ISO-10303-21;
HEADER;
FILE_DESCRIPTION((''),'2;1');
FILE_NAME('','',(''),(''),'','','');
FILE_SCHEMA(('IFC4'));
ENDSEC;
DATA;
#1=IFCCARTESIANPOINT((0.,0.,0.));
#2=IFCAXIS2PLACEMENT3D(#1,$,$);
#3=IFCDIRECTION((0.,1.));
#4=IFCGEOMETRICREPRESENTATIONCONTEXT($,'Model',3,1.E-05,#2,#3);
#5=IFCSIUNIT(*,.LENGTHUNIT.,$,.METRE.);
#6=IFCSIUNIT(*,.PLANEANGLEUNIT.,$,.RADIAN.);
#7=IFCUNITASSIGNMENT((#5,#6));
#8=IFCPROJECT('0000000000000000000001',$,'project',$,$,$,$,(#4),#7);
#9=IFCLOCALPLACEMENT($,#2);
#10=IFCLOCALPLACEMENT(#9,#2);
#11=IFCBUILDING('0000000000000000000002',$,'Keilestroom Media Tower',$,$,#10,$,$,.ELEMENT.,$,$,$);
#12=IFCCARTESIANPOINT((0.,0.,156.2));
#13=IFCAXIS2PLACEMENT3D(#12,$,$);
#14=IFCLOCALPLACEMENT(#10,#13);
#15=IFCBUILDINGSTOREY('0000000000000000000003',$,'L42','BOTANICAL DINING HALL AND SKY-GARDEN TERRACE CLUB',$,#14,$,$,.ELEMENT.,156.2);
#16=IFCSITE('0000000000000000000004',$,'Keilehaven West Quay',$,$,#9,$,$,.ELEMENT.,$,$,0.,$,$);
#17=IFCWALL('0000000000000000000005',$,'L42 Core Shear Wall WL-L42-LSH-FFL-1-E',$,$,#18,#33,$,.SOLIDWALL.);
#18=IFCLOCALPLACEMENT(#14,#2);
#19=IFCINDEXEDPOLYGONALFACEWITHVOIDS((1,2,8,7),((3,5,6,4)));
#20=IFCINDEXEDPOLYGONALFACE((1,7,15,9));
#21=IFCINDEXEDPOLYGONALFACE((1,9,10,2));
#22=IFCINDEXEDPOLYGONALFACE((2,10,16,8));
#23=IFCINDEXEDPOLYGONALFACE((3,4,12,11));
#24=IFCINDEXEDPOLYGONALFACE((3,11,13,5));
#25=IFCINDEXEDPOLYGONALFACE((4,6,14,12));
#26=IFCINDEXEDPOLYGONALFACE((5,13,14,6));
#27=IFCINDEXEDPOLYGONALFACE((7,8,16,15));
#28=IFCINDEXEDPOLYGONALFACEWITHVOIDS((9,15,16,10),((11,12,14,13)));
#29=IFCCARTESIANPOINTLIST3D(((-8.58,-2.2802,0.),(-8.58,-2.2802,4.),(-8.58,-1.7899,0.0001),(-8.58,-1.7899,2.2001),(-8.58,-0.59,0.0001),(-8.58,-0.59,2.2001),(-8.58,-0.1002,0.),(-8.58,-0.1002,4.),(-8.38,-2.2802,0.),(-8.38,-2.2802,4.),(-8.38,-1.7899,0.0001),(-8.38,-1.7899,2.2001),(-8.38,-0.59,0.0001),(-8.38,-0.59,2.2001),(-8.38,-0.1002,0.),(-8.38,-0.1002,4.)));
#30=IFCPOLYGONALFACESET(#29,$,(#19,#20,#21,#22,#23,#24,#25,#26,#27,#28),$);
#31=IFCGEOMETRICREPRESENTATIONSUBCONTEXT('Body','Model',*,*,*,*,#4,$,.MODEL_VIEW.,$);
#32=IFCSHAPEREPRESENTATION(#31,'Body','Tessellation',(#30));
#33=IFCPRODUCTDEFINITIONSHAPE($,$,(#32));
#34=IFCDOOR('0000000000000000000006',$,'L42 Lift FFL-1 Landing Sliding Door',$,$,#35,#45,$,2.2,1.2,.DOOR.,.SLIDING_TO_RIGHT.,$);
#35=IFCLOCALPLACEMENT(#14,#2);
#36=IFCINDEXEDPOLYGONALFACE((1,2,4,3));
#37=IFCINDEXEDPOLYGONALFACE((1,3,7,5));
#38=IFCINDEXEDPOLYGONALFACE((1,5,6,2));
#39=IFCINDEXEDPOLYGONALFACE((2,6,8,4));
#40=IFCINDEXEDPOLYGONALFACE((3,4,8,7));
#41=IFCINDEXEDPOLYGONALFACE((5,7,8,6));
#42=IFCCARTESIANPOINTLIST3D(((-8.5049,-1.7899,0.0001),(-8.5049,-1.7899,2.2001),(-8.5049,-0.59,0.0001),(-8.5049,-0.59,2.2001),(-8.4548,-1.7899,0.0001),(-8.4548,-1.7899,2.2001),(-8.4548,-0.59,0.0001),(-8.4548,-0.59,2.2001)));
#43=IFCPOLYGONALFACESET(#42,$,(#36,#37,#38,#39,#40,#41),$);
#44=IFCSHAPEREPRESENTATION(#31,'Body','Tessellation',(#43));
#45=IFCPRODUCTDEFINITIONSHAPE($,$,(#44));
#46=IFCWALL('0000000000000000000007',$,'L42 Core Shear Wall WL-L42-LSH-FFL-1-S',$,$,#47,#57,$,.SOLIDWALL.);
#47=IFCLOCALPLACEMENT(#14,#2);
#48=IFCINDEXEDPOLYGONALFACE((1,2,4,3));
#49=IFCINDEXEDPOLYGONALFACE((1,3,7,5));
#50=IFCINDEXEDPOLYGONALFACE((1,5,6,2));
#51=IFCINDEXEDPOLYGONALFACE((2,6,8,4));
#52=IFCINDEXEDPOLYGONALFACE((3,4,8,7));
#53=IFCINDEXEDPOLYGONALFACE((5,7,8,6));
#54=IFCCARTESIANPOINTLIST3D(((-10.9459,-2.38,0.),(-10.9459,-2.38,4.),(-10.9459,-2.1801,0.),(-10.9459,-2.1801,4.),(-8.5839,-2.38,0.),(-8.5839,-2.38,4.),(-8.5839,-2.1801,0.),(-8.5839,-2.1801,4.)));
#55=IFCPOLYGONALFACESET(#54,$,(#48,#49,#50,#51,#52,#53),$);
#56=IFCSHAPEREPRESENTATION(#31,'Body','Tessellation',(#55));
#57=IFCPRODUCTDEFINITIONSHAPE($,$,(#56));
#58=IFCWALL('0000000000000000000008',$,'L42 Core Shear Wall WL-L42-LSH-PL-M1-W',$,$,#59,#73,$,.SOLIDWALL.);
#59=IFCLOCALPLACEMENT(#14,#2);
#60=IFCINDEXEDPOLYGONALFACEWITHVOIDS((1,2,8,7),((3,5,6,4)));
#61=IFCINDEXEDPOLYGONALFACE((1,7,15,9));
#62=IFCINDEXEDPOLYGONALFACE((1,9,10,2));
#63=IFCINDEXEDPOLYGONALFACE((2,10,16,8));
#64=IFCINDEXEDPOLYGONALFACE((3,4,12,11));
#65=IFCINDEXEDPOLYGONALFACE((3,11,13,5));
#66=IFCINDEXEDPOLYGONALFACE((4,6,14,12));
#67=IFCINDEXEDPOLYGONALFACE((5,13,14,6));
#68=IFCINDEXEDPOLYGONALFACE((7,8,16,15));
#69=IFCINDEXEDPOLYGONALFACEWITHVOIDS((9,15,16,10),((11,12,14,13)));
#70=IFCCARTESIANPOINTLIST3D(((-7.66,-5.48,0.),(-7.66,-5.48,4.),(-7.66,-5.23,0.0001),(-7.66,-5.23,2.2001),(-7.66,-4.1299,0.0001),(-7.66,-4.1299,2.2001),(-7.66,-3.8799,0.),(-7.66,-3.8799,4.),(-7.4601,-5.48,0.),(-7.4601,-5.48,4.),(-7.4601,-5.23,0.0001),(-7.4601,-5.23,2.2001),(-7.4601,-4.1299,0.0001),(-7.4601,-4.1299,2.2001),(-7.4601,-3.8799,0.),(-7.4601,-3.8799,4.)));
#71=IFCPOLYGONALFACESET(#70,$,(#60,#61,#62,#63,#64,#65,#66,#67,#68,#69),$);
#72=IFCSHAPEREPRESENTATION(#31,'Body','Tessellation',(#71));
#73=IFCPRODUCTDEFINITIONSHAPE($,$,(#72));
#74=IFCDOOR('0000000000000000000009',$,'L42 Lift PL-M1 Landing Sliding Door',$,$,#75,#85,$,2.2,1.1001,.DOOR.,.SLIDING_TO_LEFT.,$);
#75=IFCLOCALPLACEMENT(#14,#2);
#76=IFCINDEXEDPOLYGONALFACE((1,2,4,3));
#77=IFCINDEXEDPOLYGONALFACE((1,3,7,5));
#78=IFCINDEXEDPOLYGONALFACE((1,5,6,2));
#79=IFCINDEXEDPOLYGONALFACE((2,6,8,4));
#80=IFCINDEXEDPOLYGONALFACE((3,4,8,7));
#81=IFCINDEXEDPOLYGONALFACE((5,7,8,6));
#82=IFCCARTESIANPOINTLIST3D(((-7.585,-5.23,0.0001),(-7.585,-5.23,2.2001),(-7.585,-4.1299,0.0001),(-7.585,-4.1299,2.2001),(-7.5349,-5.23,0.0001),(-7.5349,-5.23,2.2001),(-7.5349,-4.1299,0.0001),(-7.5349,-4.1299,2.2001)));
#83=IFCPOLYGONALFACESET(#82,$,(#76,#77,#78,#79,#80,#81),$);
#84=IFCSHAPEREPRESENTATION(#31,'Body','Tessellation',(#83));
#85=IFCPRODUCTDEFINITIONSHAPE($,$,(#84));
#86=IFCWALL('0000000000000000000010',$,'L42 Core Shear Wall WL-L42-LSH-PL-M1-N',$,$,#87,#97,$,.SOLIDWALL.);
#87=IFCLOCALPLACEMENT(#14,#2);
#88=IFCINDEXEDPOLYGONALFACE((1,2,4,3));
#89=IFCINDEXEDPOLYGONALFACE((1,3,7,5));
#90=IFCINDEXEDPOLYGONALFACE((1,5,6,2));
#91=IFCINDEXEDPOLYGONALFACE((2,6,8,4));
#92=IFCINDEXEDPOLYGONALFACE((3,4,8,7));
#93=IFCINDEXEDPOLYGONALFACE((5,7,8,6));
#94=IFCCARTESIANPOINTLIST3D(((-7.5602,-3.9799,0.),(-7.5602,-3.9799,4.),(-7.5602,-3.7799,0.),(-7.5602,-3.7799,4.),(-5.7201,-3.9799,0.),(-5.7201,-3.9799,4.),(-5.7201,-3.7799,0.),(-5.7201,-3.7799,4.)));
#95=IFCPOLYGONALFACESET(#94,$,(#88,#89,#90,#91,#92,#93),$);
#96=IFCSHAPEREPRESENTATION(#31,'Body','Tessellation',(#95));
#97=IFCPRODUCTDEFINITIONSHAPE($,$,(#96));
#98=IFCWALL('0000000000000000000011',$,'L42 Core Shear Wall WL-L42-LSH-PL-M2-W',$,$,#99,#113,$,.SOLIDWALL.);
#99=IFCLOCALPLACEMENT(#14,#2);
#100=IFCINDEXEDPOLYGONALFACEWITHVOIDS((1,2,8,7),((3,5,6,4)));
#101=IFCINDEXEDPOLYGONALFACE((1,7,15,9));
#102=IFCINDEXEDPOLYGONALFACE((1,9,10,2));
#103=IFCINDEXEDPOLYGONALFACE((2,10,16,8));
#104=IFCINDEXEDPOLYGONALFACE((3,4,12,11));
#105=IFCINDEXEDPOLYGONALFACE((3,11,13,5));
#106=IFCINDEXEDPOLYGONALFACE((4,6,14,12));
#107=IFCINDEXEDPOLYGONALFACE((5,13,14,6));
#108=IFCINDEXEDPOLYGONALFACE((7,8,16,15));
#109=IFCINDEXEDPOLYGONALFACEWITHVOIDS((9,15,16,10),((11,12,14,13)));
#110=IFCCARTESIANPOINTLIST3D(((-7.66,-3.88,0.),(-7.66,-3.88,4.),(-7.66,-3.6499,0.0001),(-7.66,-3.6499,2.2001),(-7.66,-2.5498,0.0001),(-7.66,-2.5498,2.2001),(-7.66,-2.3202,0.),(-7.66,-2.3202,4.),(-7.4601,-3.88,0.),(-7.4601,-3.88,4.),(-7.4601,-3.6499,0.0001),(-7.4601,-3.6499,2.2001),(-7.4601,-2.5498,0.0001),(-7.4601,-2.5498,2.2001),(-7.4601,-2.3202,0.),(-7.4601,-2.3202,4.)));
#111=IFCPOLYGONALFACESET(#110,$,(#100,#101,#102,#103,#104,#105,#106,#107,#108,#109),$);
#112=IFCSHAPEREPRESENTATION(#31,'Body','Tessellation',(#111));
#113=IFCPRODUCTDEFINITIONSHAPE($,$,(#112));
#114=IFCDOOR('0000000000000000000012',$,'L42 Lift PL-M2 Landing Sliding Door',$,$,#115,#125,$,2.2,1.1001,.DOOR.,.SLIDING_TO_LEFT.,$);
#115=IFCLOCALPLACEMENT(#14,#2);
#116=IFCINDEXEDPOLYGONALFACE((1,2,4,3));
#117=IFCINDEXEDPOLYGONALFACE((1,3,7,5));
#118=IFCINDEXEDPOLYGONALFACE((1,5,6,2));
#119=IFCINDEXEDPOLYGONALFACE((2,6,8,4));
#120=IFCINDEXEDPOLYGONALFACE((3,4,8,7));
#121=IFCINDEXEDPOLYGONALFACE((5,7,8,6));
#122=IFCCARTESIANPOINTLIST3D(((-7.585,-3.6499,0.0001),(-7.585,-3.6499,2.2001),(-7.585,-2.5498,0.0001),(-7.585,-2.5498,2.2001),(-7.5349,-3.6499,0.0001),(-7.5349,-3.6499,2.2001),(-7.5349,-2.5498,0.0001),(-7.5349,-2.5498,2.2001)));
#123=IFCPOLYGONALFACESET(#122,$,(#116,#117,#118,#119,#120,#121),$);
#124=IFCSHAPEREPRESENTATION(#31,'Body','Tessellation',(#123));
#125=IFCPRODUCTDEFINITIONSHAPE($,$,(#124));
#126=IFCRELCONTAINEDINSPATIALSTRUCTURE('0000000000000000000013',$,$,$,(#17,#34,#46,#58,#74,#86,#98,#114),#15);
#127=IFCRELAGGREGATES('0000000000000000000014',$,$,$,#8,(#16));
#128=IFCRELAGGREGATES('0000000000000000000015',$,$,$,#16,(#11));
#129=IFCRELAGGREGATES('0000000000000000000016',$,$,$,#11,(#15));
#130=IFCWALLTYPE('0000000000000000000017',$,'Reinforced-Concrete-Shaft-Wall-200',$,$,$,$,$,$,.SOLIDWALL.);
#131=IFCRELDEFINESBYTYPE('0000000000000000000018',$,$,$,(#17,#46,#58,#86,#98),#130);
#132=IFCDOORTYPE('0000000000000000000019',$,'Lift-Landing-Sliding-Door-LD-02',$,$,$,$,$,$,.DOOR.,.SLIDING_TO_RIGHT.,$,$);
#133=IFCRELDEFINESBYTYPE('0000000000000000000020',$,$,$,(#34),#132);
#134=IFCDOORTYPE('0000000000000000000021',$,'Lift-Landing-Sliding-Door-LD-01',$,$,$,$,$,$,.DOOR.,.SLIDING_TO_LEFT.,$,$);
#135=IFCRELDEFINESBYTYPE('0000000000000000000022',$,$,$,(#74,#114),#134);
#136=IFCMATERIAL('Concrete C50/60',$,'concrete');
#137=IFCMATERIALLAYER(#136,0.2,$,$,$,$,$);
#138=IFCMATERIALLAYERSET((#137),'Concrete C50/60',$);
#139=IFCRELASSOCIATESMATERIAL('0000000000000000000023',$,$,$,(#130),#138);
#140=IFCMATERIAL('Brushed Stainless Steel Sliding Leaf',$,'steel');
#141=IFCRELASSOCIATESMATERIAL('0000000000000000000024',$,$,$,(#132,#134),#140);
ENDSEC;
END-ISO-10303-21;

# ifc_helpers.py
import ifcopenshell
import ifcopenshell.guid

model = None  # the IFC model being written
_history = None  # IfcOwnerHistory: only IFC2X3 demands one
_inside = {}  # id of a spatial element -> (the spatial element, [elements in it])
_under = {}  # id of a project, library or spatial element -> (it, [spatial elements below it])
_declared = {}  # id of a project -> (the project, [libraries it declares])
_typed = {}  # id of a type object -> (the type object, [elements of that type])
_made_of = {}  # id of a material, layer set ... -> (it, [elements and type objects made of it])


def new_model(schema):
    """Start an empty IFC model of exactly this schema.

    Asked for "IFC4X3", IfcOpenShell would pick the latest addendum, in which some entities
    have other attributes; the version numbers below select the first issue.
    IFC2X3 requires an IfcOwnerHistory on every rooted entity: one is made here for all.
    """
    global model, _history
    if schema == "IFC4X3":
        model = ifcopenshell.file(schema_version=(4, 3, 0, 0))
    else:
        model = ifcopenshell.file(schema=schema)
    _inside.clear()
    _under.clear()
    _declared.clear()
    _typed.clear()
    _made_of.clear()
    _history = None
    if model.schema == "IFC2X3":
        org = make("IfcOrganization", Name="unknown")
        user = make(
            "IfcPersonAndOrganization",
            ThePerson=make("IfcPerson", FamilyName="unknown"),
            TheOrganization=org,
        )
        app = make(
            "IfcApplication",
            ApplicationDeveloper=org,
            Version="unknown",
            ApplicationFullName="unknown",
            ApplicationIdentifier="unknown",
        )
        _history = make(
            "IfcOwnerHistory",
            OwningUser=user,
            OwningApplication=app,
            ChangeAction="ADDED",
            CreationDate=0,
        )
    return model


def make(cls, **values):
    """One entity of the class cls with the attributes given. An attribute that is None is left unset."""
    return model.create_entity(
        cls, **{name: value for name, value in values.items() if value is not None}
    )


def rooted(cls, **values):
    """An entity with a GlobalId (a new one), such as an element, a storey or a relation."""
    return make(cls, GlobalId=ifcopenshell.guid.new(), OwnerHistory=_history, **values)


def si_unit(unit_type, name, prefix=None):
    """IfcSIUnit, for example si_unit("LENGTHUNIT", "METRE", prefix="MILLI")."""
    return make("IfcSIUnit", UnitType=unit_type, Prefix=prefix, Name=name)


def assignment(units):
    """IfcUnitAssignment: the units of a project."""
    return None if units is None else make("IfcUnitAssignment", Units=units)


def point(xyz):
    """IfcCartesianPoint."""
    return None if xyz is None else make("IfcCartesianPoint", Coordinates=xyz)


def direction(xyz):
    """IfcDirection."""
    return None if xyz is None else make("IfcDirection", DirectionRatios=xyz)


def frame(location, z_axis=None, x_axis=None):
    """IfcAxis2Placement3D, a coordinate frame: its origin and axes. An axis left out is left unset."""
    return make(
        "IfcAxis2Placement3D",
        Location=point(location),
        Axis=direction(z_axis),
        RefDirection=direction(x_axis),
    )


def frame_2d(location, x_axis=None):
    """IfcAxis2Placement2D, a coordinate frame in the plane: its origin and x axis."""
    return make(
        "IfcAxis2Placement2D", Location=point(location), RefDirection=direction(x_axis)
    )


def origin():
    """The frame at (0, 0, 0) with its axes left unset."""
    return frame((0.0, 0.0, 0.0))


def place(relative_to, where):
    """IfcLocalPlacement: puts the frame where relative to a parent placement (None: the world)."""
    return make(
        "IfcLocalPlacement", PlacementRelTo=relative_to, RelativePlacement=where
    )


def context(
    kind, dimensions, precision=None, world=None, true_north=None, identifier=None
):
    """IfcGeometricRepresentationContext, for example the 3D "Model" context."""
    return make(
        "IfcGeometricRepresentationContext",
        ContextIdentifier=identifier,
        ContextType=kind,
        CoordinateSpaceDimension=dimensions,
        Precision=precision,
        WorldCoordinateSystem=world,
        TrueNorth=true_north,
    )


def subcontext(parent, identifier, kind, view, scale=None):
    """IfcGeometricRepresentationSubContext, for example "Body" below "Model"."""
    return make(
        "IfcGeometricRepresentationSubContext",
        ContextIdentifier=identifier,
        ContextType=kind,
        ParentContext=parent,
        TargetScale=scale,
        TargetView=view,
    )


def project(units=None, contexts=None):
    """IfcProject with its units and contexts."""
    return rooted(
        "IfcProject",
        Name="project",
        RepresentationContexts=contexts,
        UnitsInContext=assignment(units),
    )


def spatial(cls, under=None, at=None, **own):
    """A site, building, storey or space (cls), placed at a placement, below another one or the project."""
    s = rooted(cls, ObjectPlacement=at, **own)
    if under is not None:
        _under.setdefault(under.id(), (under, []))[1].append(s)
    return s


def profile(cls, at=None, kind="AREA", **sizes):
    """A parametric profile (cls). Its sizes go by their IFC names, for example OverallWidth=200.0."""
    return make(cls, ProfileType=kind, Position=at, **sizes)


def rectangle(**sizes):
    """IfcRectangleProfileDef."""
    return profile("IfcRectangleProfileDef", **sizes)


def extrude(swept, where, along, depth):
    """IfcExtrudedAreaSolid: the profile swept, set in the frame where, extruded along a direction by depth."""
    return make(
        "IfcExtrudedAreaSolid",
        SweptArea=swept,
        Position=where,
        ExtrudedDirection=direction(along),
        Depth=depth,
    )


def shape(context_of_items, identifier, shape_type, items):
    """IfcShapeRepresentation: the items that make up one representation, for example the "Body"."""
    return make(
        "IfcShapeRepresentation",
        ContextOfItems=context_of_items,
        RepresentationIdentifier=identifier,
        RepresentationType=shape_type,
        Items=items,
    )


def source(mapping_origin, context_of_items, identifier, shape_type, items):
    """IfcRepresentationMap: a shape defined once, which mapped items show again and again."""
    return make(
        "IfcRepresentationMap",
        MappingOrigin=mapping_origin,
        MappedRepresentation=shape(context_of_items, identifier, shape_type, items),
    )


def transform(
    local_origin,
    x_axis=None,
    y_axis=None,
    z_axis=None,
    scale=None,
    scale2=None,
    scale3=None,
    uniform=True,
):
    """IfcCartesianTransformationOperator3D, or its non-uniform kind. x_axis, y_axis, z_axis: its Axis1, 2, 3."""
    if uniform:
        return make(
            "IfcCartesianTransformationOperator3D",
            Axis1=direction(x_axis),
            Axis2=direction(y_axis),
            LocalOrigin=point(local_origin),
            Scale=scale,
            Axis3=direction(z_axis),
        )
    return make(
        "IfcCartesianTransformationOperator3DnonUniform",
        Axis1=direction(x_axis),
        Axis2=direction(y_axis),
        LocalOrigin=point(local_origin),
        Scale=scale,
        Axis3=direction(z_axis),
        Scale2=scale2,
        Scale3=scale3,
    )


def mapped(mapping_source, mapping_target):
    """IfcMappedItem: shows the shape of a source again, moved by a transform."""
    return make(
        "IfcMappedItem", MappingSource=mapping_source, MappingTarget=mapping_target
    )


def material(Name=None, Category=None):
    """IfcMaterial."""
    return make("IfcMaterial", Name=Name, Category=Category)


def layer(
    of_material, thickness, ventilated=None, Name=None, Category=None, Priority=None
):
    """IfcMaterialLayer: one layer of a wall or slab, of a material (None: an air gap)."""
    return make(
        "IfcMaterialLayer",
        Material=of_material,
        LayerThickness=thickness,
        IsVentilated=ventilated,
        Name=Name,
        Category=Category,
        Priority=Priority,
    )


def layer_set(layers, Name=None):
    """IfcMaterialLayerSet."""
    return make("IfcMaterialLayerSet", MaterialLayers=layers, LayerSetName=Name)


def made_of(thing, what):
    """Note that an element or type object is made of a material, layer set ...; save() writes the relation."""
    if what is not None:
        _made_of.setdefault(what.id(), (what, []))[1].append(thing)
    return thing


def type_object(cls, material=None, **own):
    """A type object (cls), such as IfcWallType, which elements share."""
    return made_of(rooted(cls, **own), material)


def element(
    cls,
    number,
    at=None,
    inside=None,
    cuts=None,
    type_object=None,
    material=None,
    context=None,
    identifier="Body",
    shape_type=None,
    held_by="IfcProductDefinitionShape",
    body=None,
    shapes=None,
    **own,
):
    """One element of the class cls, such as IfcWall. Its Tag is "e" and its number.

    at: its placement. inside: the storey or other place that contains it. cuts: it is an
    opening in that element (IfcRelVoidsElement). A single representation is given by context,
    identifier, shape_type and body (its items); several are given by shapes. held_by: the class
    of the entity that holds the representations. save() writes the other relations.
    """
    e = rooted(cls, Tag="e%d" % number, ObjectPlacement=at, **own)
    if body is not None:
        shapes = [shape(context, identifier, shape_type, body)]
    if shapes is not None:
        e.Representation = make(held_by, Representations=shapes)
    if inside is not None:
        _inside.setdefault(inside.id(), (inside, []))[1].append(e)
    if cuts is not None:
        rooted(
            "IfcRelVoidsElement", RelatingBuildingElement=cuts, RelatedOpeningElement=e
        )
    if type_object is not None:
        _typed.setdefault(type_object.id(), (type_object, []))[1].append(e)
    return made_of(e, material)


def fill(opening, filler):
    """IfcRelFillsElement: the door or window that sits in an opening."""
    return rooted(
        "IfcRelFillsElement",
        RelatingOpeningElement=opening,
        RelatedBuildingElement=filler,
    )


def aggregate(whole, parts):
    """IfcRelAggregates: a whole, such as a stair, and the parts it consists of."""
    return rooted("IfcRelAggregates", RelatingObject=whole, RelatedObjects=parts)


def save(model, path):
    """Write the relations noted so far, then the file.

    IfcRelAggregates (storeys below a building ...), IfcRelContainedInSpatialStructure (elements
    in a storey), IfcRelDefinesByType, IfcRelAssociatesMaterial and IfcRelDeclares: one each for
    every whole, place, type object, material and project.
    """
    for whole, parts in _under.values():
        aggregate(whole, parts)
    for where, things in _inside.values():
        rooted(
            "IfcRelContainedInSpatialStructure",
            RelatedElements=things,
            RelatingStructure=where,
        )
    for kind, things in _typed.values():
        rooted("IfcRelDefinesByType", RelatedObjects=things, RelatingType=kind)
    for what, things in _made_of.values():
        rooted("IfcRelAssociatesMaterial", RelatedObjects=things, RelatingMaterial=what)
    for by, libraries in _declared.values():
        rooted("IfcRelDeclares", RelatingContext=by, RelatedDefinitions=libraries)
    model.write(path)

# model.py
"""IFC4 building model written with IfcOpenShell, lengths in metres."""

from ifc_helpers import new_model, si_unit, direction, frame, frame_2d, origin, place, context, subcontext, project, spatial, rectangle, extrude, source, transform, mapped, material, layer, layer_set, type_object, element, fill, save


model = new_model("IFC4")

# Units and contexts
model_context = context("Model", 3, precision=1e-05, world=origin(), true_north=direction((0.0, 1.0)))
body_context = subcontext(model_context, "Body", "Model", "MODEL_VIEW")
ifc_project = project(units=[si_unit("LENGTHUNIT", "METRE"), si_unit("PLANEANGLEUNIT", "RADIAN")], contexts=[model_context])

# Site, building, storey
site_placement = place(None, origin())
site = spatial("IfcSite", under=ifc_project, at=site_placement, Name="Keilehaven West Quay", CompositionType="ELEMENT", RefElevation=0.0)
building_placement = place(site_placement, origin())
building = spatial("IfcBuilding", under=site, at=building_placement, Name="Keilestroom Media Tower", CompositionType="ELEMENT")
storey_placement = place(building_placement, frame((0.0, 0.0, 156.2)))
storey = spatial("IfcBuildingStorey", under=building, at=storey_placement, Name="L42", Description="BOTANICAL DINING HALL AND SKY-GARDEN TERRACE CLUB", CompositionType="ELEMENT", Elevation=156.2)

# Shared definitions
shared_shape_1 = source(origin(), body_context, "Body", "SweptSolid", [
    extrude(rectangle(XDim=1.2, YDim=2.2, at=frame_2d((0.6001, 1.1001))), frame((0.0, 0.0249, 0.0), z_axis=(0.0, -1.0, 0.0), x_axis=(1.0, 0.0, 0.0)), (0.0, 0.0, 1.0), 0.05),
])

# Shared definitions
ifc_material_1 = material(Name="Concrete C50/60", Category="concrete")
ifc_layer_1 = layer(ifc_material_1, 0.2)
ifc_layer_set_1 = layer_set([ifc_layer_1], Name="Concrete C50/60")
wall_type_1 = type_object("IfcWallType", Name="Reinforced-Concrete-Shaft-Wall-200", PredefinedType="SOLIDWALL", material=ifc_layer_set_1)

# Wall, opening, door
wall_1_placement = place(storey_placement, frame((-8.48, -2.28, 0.0), z_axis=(0.0, 0.0, 1.0), x_axis=(0.0, 1.0, 0.0)))
wall_1 = element("IfcWall", 1, at=wall_1_placement, inside=storey, type_object=wall_type_1, Name="L42 Core Shear Wall WL-L42-LSH-FFL-1-E", PredefinedType="SOLIDWALL", context=body_context, shape_type="SweptSolid", body=[
    extrude(rectangle(XDim=2.1799, YDim=0.2, at=frame_2d((1.0898, 0.0))), origin(), (0.0, 0.0, 1.0), 4.0),
])
opening_1_placement = place(wall_1_placement, frame((0.49, 0.0, 0.0)))
opening_1 = element("IfcOpeningElement", 2, at=opening_1_placement, cuts=wall_1, PredefinedType="OPENING", context=body_context, shape_type="SweptSolid", body=[
    extrude(rectangle(XDim=1.2, YDim=2.2, at=frame_2d((0.6001, 1.1001))), frame((0.0, 0.1099, 0.0), z_axis=(0.0, -1.0, 0.0), x_axis=(1.0, 0.0, 0.0)), (0.0, 0.0, 1.0), 0.22),
])
ifc_material_2 = material(Name="Brushed Stainless Steel Sliding Leaf", Category="steel")
door_type_1 = type_object("IfcDoorType", Name="Lift-Landing-Sliding-Door-LD-02", OperationType="SLIDING_TO_RIGHT", PredefinedType="DOOR", material=ifc_material_2)
door_1_placement = place(opening_1_placement, origin())
door_1 = element("IfcDoor", 3, at=door_1_placement, inside=storey, type_object=door_type_1, Name="L42 Lift FFL-1 Landing Sliding Door", OperationType="SLIDING_TO_RIGHT", OverallHeight=2.2, OverallWidth=1.2, PredefinedType="DOOR", context=body_context, shape_type="MappedRepresentation", body=[
    mapped(shared_shape_1, transform((0.0, 0.0, 0.0), x_axis=(1.0, 0.0, 0.0), y_axis=(0.0, 1.0, 0.0), z_axis=(0.0, 0.0, 1.0), scale=1.0)),
])
fill(opening_1, door_1)

# Wall
wall_2_placement = place(storey_placement, frame((-10.946, -2.28, 0.0), z_axis=(0.0, 0.0, 1.0), x_axis=(1.0, 0.0, 0.0)))
element("IfcWall", 4, at=wall_2_placement, inside=storey, type_object=wall_type_1, Name="L42 Core Shear Wall WL-L42-LSH-FFL-1-S", PredefinedType="SOLIDWALL", context=body_context, shape_type="SweptSolid", body=[
    extrude(rectangle(XDim=2.3621, YDim=0.2, at=frame_2d((1.1812, 0.0))), origin(), (0.0, 0.0, 1.0), 4.0),
])

# Wall, opening, door
wall_3_placement = place(storey_placement, frame((-7.5601, -5.48, 0.0), z_axis=(0.0, 0.0, 1.0), x_axis=(0.0, 1.0, 0.0)))
wall_3 = element("IfcWall", 5, at=wall_3_placement, inside=storey, type_object=wall_type_1, Name="L42 Core Shear Wall WL-L42-LSH-PL-M1-W", PredefinedType="SOLIDWALL", context=body_context, shape_type="SweptSolid", body=[
    extrude(rectangle(XDim=1.6001, YDim=0.2, at=frame_2d((0.8, 0.0))), origin(), (0.0, 0.0, 1.0), 4.0),
])
opening_2_placement = place(wall_3_placement, frame((0.25, 0.0, 0.0)))
opening_2 = element("IfcOpeningElement", 6, at=opening_2_placement, cuts=wall_3, PredefinedType="OPENING", context=body_context, shape_type="SweptSolid", body=[
    extrude(rectangle(XDim=1.1001, YDim=2.2, at=frame_2d((0.55, 1.1001))), frame((0.0, 0.1099, 0.0), z_axis=(0.0, -1.0, 0.0), x_axis=(1.0, 0.0, 0.0)), (0.0, 0.0, 1.0), 0.22),
])
door_type_2 = type_object("IfcDoorType", Name="Lift-Landing-Sliding-Door-LD-01", OperationType="SLIDING_TO_LEFT", PredefinedType="DOOR", material=ifc_material_2)
shared_shape_2 = source(origin(), body_context, "Body", "SweptSolid", [
    extrude(rectangle(XDim=1.1001, YDim=2.2, at=frame_2d((0.55, 1.1001))), frame((0.0, 0.0249, 0.0), z_axis=(0.0, -1.0, 0.0), x_axis=(1.0, 0.0, 0.0)), (0.0, 0.0, 1.0), 0.05),
])
door_2_placement = place(opening_2_placement, origin())
door_2 = element("IfcDoor", 7, at=door_2_placement, inside=storey, type_object=door_type_2, Name="L42 Lift PL-M1 Landing Sliding Door", OperationType="SLIDING_TO_LEFT", OverallHeight=2.2, OverallWidth=1.1001, PredefinedType="DOOR", context=body_context, shape_type="MappedRepresentation", body=[
    mapped(shared_shape_2, transform((0.0, 0.0, 0.0), x_axis=(1.0, 0.0, 0.0), y_axis=(0.0, 1.0, 0.0), z_axis=(0.0, 0.0, 1.0), scale=1.0)),
])
fill(opening_2, door_2)

# Wall
wall_4_placement = place(storey_placement, frame((-7.5601, -3.8799, 0.0), z_axis=(0.0, 0.0, 1.0), x_axis=(1.0, 0.0, 0.0)))
element("IfcWall", 8, at=wall_4_placement, inside=storey, type_object=wall_type_1, Name="L42 Core Shear Wall WL-L42-LSH-PL-M1-N", PredefinedType="SOLIDWALL", context=body_context, shape_type="SweptSolid", body=[
    extrude(rectangle(XDim=1.8401, YDim=0.2, at=frame_2d((0.9199, 0.0))), origin(), (0.0, 0.0, 1.0), 4.0),
])

# Wall, opening, door
wall_5_placement = place(storey_placement, frame((-7.5601, -3.8799, 0.0), z_axis=(0.0, 0.0, 1.0), x_axis=(0.0, 1.0, 0.0)))
wall_5 = element("IfcWall", 9, at=wall_5_placement, inside=storey, type_object=wall_type_1, Name="L42 Core Shear Wall WL-L42-LSH-PL-M2-W", PredefinedType="SOLIDWALL", context=body_context, shape_type="SweptSolid", body=[
    extrude(rectangle(XDim=1.5598, YDim=0.2, at=frame_2d((0.7798, 0.0))), origin(), (0.0, 0.0, 1.0), 4.0),
])
opening_3_placement = place(wall_5_placement, frame((0.23, 0.0, 0.0)))
opening_3 = element("IfcOpeningElement", 10, at=opening_3_placement, cuts=wall_5, PredefinedType="OPENING", context=body_context, shape_type="SweptSolid", body=[
    extrude(rectangle(XDim=1.1001, YDim=2.2, at=frame_2d((0.55, 1.1001))), frame((0.0, 0.1099, 0.0), z_axis=(0.0, -1.0, 0.0), x_axis=(1.0, 0.0, 0.0)), (0.0, 0.0, 1.0), 0.22),
])
door_3_placement = place(opening_3_placement, origin())
door_3 = element("IfcDoor", 11, at=door_3_placement, inside=storey, type_object=door_type_2, Name="L42 Lift PL-M2 Landing Sliding Door", OperationType="SLIDING_TO_LEFT", OverallHeight=2.2, OverallWidth=1.1001, PredefinedType="DOOR", context=body_context, shape_type="MappedRepresentation", body=[
    mapped(shared_shape_2, transform((0.0, 0.0, 0.0), x_axis=(1.0, 0.0, 0.0), y_axis=(0.0, 1.0, 0.0), z_axis=(0.0, 0.0, 1.0), scale=1.0)),
])
fill(opening_3, door_3)

save(model, "model.ifc")
